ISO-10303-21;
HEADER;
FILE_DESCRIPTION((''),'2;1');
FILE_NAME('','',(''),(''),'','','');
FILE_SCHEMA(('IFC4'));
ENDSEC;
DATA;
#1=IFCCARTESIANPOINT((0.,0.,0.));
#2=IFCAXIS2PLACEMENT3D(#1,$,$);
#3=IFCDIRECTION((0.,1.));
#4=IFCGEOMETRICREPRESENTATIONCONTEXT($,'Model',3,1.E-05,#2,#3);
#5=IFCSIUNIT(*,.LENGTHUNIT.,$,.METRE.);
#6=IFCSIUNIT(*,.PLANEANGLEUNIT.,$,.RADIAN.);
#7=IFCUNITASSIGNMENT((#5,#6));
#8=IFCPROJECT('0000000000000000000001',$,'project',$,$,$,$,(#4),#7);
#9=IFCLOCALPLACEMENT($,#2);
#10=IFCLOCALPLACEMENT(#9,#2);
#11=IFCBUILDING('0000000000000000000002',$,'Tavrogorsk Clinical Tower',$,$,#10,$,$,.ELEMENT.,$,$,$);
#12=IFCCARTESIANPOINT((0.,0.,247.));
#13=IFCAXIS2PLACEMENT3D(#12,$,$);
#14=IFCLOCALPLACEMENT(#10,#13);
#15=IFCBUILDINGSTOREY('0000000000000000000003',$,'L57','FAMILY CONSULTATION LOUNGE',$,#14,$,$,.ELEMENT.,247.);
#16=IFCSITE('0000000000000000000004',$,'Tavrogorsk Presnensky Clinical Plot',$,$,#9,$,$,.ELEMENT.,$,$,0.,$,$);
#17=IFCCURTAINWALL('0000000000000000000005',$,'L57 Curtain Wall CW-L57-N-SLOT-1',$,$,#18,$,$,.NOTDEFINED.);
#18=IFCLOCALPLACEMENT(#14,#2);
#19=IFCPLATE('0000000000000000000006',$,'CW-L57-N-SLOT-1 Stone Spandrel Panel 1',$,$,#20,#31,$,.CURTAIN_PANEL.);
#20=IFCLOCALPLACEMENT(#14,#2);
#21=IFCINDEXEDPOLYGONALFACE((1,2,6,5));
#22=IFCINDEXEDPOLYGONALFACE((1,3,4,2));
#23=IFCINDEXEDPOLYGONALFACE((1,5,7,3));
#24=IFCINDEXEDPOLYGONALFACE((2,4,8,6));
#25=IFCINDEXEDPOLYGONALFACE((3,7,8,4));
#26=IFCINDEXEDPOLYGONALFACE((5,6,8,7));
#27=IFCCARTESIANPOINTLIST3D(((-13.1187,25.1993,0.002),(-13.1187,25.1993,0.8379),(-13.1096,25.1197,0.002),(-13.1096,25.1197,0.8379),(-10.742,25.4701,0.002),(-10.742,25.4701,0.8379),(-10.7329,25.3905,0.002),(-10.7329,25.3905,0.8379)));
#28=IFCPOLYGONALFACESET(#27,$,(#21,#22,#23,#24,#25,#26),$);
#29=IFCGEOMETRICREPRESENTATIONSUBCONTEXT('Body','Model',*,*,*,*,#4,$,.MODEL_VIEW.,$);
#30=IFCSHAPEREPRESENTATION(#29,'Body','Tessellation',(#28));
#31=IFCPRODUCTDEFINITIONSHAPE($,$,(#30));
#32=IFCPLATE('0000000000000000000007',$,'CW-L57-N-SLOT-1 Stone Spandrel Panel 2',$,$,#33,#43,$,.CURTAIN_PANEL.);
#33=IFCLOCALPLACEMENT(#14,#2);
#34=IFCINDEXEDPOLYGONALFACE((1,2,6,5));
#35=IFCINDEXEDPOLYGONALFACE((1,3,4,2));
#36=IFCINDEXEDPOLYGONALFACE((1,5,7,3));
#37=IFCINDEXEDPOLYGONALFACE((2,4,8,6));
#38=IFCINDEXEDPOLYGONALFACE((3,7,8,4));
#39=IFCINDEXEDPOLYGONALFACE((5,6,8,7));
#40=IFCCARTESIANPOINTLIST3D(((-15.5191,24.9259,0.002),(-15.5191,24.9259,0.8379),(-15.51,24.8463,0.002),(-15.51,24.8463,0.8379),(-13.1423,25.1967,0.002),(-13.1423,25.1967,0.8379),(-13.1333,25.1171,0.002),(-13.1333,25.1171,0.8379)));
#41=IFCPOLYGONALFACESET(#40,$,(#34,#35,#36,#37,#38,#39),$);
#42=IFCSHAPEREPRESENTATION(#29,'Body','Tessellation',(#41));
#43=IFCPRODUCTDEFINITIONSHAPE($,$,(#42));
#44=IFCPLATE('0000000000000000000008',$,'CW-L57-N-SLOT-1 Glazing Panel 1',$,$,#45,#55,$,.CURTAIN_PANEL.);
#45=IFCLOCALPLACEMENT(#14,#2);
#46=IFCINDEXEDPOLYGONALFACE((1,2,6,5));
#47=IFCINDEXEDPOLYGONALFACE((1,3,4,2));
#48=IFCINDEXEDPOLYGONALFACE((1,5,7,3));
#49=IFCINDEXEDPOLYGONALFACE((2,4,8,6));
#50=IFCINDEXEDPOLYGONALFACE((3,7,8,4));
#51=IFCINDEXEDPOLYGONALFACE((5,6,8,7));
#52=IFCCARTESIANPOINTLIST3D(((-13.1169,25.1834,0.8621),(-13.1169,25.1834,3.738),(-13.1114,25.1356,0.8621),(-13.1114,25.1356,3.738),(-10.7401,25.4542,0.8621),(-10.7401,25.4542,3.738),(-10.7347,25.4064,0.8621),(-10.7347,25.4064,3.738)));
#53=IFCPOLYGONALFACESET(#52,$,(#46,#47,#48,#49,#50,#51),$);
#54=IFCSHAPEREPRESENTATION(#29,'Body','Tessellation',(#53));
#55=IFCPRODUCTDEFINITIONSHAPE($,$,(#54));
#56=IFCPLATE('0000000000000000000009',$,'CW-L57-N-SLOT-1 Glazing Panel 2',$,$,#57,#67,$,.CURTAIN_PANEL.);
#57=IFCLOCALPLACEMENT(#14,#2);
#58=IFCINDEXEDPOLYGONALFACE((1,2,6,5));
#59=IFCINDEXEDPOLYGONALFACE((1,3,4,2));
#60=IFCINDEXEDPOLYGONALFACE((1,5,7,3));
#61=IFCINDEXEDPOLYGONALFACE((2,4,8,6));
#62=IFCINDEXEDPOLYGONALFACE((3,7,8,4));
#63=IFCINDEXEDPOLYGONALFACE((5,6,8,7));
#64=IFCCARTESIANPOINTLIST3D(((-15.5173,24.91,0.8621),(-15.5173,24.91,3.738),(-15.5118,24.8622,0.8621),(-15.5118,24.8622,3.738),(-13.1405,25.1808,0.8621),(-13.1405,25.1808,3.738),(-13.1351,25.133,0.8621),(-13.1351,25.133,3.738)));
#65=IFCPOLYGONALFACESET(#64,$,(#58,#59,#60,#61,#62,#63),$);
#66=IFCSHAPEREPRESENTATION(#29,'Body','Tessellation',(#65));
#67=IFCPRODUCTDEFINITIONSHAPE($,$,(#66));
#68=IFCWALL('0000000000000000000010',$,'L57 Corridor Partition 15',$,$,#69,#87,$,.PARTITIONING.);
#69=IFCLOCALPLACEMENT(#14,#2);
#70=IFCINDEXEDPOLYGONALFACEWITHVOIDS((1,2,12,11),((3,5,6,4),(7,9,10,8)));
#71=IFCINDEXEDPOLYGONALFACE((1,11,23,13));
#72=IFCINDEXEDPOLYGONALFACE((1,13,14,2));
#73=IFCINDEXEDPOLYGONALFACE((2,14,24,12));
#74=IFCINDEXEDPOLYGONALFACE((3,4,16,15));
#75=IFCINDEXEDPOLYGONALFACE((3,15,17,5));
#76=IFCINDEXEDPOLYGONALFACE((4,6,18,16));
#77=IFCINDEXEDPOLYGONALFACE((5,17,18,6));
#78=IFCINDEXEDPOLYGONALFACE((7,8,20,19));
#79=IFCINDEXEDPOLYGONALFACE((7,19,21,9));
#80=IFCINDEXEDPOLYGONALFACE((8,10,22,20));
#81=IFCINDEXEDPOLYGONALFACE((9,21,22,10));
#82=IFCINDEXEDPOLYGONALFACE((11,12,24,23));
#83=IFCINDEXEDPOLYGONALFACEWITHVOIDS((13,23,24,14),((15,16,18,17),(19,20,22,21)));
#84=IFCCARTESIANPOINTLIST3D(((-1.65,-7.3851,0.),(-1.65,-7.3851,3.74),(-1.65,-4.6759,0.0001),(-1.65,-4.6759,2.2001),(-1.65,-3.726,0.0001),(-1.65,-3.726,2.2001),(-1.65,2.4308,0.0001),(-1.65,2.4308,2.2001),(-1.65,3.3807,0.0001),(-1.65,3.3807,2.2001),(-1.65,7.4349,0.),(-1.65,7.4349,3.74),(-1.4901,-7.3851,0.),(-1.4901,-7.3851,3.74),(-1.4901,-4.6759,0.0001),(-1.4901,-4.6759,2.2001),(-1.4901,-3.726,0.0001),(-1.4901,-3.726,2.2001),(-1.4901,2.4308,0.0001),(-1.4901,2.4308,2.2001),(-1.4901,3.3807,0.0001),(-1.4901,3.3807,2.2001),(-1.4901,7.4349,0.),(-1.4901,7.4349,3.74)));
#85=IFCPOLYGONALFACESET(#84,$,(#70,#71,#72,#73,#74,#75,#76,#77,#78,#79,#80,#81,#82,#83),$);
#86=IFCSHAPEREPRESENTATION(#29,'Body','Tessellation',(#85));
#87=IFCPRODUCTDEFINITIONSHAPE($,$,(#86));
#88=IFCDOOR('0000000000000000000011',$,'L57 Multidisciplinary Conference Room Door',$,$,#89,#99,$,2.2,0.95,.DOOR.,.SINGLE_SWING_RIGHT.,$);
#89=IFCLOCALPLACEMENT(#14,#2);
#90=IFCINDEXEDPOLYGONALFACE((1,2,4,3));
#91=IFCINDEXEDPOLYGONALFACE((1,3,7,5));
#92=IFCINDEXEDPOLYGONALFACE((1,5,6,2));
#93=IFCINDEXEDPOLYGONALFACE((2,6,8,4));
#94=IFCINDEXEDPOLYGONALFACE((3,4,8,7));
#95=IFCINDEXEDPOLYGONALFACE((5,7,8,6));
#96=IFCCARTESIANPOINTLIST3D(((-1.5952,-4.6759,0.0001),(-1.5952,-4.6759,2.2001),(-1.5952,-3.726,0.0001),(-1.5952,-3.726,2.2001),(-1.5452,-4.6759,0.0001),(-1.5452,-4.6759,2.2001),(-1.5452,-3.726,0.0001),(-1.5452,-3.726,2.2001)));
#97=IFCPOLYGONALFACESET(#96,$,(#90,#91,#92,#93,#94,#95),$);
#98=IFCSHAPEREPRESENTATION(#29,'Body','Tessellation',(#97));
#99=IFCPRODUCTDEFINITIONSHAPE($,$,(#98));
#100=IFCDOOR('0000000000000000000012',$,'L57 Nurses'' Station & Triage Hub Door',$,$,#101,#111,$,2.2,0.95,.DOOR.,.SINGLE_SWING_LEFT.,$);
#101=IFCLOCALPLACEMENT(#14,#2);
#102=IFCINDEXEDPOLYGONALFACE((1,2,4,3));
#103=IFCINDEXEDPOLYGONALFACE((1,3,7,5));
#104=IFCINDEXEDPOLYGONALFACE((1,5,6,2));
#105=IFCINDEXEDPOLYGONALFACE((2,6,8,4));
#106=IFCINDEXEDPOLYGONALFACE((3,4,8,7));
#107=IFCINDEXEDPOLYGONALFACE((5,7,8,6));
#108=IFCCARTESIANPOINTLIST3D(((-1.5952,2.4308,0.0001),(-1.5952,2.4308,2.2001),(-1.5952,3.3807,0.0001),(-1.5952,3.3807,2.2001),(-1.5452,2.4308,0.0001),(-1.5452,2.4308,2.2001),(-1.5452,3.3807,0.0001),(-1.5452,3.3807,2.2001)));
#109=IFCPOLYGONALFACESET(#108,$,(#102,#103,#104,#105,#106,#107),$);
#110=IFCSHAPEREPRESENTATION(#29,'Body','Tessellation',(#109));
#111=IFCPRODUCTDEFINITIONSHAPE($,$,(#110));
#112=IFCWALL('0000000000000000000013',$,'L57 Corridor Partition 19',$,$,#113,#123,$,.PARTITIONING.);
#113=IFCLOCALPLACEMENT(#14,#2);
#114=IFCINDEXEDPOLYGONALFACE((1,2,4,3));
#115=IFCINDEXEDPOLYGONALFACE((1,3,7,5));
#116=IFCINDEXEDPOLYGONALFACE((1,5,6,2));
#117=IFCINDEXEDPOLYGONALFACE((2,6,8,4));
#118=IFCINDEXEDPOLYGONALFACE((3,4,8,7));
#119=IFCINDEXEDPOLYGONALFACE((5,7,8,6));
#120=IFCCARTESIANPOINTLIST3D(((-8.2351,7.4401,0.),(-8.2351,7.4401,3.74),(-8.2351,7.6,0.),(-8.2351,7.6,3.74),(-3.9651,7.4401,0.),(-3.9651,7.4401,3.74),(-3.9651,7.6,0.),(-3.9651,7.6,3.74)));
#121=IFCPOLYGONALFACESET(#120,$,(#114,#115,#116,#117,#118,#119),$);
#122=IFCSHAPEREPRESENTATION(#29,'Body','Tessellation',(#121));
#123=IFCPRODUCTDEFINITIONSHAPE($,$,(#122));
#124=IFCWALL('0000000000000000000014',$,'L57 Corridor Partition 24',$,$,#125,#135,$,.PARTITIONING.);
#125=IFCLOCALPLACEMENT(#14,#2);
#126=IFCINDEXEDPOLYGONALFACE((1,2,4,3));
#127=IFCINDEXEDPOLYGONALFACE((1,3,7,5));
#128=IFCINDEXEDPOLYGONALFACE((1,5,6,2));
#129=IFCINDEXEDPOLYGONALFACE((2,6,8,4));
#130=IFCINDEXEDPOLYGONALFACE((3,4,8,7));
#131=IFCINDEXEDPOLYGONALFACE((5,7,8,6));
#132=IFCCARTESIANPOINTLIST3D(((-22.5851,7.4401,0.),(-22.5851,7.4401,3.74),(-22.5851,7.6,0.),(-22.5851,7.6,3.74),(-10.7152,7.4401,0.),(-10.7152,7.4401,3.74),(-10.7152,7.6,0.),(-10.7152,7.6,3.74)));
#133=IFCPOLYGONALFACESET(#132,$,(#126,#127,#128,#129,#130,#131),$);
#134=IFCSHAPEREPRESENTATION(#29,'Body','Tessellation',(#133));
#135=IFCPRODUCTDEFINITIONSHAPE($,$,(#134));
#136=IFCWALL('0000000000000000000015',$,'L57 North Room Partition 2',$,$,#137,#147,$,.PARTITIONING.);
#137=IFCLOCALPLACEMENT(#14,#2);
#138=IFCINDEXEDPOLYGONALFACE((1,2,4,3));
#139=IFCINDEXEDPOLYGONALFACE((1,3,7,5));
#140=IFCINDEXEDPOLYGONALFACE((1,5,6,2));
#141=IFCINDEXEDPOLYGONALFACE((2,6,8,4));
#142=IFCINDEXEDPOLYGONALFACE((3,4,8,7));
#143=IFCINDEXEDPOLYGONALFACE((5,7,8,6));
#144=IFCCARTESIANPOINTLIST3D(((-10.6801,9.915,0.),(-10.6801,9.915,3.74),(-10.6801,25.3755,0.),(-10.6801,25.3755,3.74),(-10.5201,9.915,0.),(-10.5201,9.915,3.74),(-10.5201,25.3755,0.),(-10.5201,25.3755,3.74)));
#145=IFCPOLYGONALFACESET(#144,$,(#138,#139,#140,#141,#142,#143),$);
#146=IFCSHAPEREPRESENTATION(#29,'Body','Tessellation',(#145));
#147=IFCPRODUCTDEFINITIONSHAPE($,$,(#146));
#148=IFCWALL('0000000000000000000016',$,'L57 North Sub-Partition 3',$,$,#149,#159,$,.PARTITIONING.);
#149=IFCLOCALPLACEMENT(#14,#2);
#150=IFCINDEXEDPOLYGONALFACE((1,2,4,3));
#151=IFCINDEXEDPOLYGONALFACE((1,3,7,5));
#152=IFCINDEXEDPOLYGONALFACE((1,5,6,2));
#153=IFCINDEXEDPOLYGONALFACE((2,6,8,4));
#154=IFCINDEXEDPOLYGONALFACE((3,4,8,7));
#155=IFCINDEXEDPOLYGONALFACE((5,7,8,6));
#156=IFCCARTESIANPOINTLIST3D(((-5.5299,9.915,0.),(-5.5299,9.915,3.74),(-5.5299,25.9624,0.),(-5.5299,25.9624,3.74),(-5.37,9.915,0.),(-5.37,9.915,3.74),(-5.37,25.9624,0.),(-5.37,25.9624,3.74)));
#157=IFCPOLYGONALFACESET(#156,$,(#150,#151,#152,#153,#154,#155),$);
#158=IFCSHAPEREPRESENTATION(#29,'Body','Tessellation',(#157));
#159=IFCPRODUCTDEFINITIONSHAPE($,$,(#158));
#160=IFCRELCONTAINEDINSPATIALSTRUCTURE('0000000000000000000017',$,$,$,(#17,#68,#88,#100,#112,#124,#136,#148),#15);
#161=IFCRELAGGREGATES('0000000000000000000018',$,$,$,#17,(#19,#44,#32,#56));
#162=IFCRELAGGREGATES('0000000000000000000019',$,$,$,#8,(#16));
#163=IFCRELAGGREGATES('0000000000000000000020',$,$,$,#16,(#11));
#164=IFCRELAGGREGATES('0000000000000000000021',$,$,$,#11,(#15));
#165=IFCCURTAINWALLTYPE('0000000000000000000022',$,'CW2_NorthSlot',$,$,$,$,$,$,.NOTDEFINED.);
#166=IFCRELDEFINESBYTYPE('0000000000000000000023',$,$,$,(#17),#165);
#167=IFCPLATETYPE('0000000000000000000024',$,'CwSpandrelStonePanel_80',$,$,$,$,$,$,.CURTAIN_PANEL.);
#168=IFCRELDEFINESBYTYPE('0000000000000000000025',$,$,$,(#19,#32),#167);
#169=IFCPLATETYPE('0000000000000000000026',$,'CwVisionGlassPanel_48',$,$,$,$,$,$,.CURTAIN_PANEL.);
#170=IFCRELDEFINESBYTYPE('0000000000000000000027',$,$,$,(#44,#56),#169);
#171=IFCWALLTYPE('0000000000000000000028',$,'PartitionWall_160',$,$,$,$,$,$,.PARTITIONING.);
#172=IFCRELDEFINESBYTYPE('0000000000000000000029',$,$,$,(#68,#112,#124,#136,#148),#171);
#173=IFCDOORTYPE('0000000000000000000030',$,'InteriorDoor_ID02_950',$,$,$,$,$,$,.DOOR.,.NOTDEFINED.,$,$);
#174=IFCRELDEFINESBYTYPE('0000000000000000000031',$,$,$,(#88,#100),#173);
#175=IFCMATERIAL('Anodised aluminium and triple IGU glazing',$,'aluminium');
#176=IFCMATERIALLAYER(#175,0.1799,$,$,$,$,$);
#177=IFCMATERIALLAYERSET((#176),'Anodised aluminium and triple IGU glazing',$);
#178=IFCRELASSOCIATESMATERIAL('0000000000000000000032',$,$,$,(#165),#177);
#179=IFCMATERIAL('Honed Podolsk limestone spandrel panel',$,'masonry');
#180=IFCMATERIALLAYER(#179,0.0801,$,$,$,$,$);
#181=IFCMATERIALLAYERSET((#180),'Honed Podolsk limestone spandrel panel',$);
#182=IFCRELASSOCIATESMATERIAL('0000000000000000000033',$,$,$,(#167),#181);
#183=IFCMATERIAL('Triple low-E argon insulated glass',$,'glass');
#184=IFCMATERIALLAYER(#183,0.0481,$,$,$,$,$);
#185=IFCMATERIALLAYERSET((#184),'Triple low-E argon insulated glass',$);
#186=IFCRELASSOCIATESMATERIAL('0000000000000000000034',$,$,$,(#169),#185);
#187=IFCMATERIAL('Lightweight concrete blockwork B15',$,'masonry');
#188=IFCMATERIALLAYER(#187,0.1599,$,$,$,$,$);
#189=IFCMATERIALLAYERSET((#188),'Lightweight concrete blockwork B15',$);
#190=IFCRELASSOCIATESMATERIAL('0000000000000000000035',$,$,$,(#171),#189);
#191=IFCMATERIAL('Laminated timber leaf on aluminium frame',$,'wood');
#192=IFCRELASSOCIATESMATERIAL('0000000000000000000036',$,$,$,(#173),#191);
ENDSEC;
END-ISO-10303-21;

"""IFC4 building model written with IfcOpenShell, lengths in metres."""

from ifc_helpers import new_model, si_unit, direction, frame, frame_2d, origin, origin_2d, place, context, subcontext, project, spatial, rectangle, extrude, material, layer, layer_set, type_object, element, fill, aggregate, save


model = new_model("IFC4")

# Units and contexts
model_context = context("Model", 3, precision=1e-05, world=origin(), true_north=direction((0.0, 1.0)))
body_context = subcontext(model_context, "Body", "Model", "MODEL_VIEW")
ifc_project = project(units=[si_unit("LENGTHUNIT", "METRE"), si_unit("PLANEANGLEUNIT", "RADIAN")], contexts=[model_context])

# Site, building, storey
site_placement = place(None, origin())
site = spatial("IfcSite", under=ifc_project, at=site_placement, Name="Tavrogorsk Presnensky Clinical Plot", CompositionType="ELEMENT", RefElevation=0.0)
building_placement = place(site_placement, origin())
building = spatial("IfcBuilding", under=site, at=building_placement, Name="Tavrogorsk Clinical Tower", CompositionType="ELEMENT")
storey_placement = place(building_placement, frame((0.0, 0.0, 247.0)))
storey = spatial("IfcBuildingStorey", under=building, at=storey_placement, Name="L57", Description="FAMILY CONSULTATION LOUNGE", CompositionType="ELEMENT", Elevation=247.0)

# Curtain wall
ifc_material_1 = material(Name="Anodised aluminium and triple IGU glazing", Category="aluminium")
ifc_layer_1 = layer(ifc_material_1, 0.1799)
ifc_layer_set_1 = layer_set([ifc_layer_1], Name="Anodised aluminium and triple IGU glazing")
curtain_wall_type = type_object("IfcCurtainWallType", Name="CW2_NorthSlot", PredefinedType="NOTDEFINED", material=ifc_layer_set_1)
curtain_wall_placement = place(storey_placement, origin())
curtain_wall = element("IfcCurtainWall", 1, at=curtain_wall_placement, inside=storey, type_object=curtain_wall_type, Name="L57 Curtain Wall CW-L57-N-SLOT-1", PredefinedType="NOTDEFINED")

# Plates
ifc_material_2 = material(Name="Honed Podolsk limestone spandrel panel", Category="masonry")
ifc_layer_2 = layer(ifc_material_2, 0.0801)
ifc_layer_set_2 = layer_set([ifc_layer_2], Name="Honed Podolsk limestone spandrel panel")
plate_type_1 = type_object("IfcPlateType", Name="CwSpandrelStonePanel_80", PredefinedType="CURTAIN_PANEL", material=ifc_layer_set_2)
plate_1_placement = place(storey_placement, frame((-11.9258, 25.2949, 0.002), z_axis=(0.0, 0.0, 1.0), x_axis=(-0.993572, -0.113203, 0.0)))
plate_1 = element("IfcPlate", 2, at=plate_1_placement, type_object=plate_type_1, Name="CW-L57-N-SLOT-1 Stone Spandrel Panel 1", PredefinedType="CURTAIN_PANEL", context=body_context, shape_type="SweptSolid", body=[
    extrude(rectangle(XDim=2.3921, YDim=0.0801, at=origin_2d()), origin(), (0.0, 0.0, 1.0), 0.8359),
])
plate_2_placement = place(storey_placement, frame((-14.3262, 25.0215, 0.002), z_axis=(0.0, 0.0, 1.0), x_axis=(-0.993572, -0.113203, 0.0)))
plate_2 = element("IfcPlate", 3, at=plate_2_placement, type_object=plate_type_1, Name="CW-L57-N-SLOT-1 Stone Spandrel Panel 2", PredefinedType="CURTAIN_PANEL", context=body_context, shape_type="SweptSolid", body=[
    extrude(rectangle(XDim=2.3921, YDim=0.0801, at=origin_2d()), origin(), (0.0, 0.0, 1.0), 0.8359),
])
ifc_material_3 = material(Name="Triple low-E argon insulated glass", Category="glass")
ifc_layer_3 = layer(ifc_material_3, 0.0481)
ifc_layer_set_3 = layer_set([ifc_layer_3], Name="Triple low-E argon insulated glass")
plate_type_2 = type_object("IfcPlateType", Name="CwVisionGlassPanel_48", PredefinedType="CURTAIN_PANEL", material=ifc_layer_set_3)
plate_3_placement = place(storey_placement, frame((-11.9258, 25.2949, 0.8621), z_axis=(0.0, 0.0, 1.0), x_axis=(-0.993572, -0.113203, 0.0)))
plate_3 = element("IfcPlate", 4, at=plate_3_placement, type_object=plate_type_2, Name="CW-L57-N-SLOT-1 Glazing Panel 1", PredefinedType="CURTAIN_PANEL", context=body_context, shape_type="SweptSolid", body=[
    extrude(rectangle(XDim=2.3921, YDim=0.0481, at=origin_2d()), origin(), (0.0, 0.0, 1.0), 2.876),
])
plate_4_placement = place(storey_placement, frame((-14.3262, 25.0215, 0.8621), z_axis=(0.0, 0.0, 1.0), x_axis=(-0.993572, -0.113203, 0.0)))
plate_4 = element("IfcPlate", 5, at=plate_4_placement, type_object=plate_type_2, Name="CW-L57-N-SLOT-1 Glazing Panel 2", PredefinedType="CURTAIN_PANEL", context=body_context, shape_type="SweptSolid", body=[
    extrude(rectangle(XDim=2.3921, YDim=0.0481, at=origin_2d()), origin(), (0.0, 0.0, 1.0), 2.876),
])
aggregate(curtain_wall, [plate_1, plate_3, plate_2, plate_4])

# Wall, openings, doors
ifc_material_4 = material(Name="Lightweight concrete blockwork B15", Category="masonry")
ifc_layer_4 = layer(ifc_material_4, 0.1599)
ifc_layer_set_4 = layer_set([ifc_layer_4], Name="Lightweight concrete blockwork B15")
wall_type_1 = type_object("IfcWallType", Name="PartitionWall_160", PredefinedType="PARTITIONING", material=ifc_layer_set_4)
wall_1_placement = place(storey_placement, frame((-1.5701, 7.4351, 0.0), z_axis=(0.0, 0.0, 1.0), x_axis=(0.0, -1.0, 0.0)))
wall_1 = element("IfcWall", 6, at=wall_1_placement, inside=storey, type_object=wall_type_1, Name="L57 Corridor Partition 15", PredefinedType="PARTITIONING", context=body_context, shape_type="SweptSolid", body=[
    extrude(rectangle(XDim=14.8201, YDim=0.1599, at=frame_2d((7.4102, 0.0))), origin(), (0.0, 0.0, 1.0), 3.74),
])
opening_1_placement = place(wall_1_placement, frame((11.1609, 0.0, 0.0)))
opening_1 = element("IfcOpeningElement", 7, at=opening_1_placement, cuts=wall_1, PredefinedType="OPENING", context=body_context, shape_type="SweptSolid", body=[
    extrude(rectangle(XDim=0.95, YDim=2.2, at=frame_2d((0.4751, 1.1001))), frame((0.0, 0.0898, 0.0), z_axis=(0.0, -1.0, 0.0), x_axis=(1.0, 0.0, 0.0)), (0.0, 0.0, 1.0), 0.1799),
])
opening_2_placement = place(wall_1_placement, frame((4.0542, 0.0, 0.0)))
opening_2 = element("IfcOpeningElement", 8, at=opening_2_placement, cuts=wall_1, PredefinedType="OPENING", context=body_context, shape_type="SweptSolid", body=[
    extrude(rectangle(XDim=0.95, YDim=2.2, at=frame_2d((0.4751, 1.1001))), frame((0.0, 0.0898, 0.0), z_axis=(0.0, -1.0, 0.0), x_axis=(1.0, 0.0, 0.0)), (0.0, 0.0, 1.0), 0.1799),
])
ifc_material_5 = material(Name="Laminated timber leaf on aluminium frame", Category="wood")
door_type = type_object("IfcDoorType", Name="InteriorDoor_ID02_950", OperationType="NOTDEFINED", PredefinedType="DOOR", material=ifc_material_5)
door_1_placement = place(opening_1_placement, origin())
door_1 = element("IfcDoor", 9, at=door_1_placement, inside=storey, type_object=door_type, Name="L57 Multidisciplinary Conference Room Door", OperationType="SINGLE_SWING_RIGHT", OverallHeight=2.2, OverallWidth=0.95, PredefinedType="DOOR", context=body_context, shape_type="SweptSolid", body=[
    extrude(rectangle(XDim=0.95, YDim=2.2, at=frame_2d((0.4751, 1.1001))), frame((0.0, 0.0249, 0.0), z_axis=(0.0, -1.0, 0.0), x_axis=(1.0, 0.0, 0.0)), (0.0, 0.0, 1.0), 0.05),
])
fill(opening_1, door_1)
door_2_placement = place(opening_2_placement, origin())
door_2 = element("IfcDoor", 10, at=door_2_placement, inside=storey, type_object=door_type, Name="L57 Nurses' Station & Triage Hub Door", OperationType="SINGLE_SWING_LEFT", OverallHeight=2.2, OverallWidth=0.95, PredefinedType="DOOR", context=body_context, shape_type="SweptSolid", body=[
    extrude(rectangle(XDim=0.95, YDim=2.2, at=frame_2d((0.4751, 1.1001))), frame((0.0, 0.0249, 0.0), z_axis=(0.0, -1.0, 0.0), x_axis=(1.0, 0.0, 0.0)), (0.0, 0.0, 1.0), 0.05),
])
fill(opening_2, door_2)

# Walls
wall_2_placement = place(storey_placement, frame((-3.9651, 7.52, 0.0), z_axis=(0.0, 0.0, 1.0), x_axis=(-1.0, 0.0, 0.0)))
element("IfcWall", 11, at=wall_2_placement, inside=storey, type_object=wall_type_1, Name="L57 Corridor Partition 19", PredefinedType="PARTITIONING", context=body_context, shape_type="SweptSolid", body=[
    extrude(rectangle(XDim=4.27, YDim=0.1599, at=frame_2d((2.135, 0.0))), origin(), (0.0, 0.0, 1.0), 3.74),
])
wall_3_placement = place(storey_placement, frame((-10.7151, 7.52, 0.0), z_axis=(0.0, 0.0, 1.0), x_axis=(-1.0, 0.0, 0.0)))
element("IfcWall", 12, at=wall_3_placement, inside=storey, type_object=wall_type_1, Name="L57 Corridor Partition 24", PredefinedType="PARTITIONING", context=body_context, shape_type="SweptSolid", body=[
    extrude(rectangle(XDim=11.8699, YDim=0.1599, at=frame_2d((5.9351, 0.0))), origin(), (0.0, 0.0, 1.0), 3.74),
])
wall_4_placement = place(storey_placement, frame((-10.6001, 9.915, 0.0), z_axis=(0.0, 0.0, 1.0), x_axis=(0.0, 1.0, 0.0)))
element("IfcWall", 13, at=wall_4_placement, inside=storey, type_object=wall_type_1, Name="L57 North Room Partition 2", PredefinedType="PARTITIONING", context=body_context, shape_type="SweptSolid", body=[
    extrude(rectangle(XDim=15.4604, YDim=0.1599, at=frame_2d((7.7302, 0.0))), origin(), (0.0, 0.0, 1.0), 3.74),
])
wall_5_placement = place(storey_placement, frame((-5.45, 9.915, 0.0), z_axis=(0.0, 0.0, 1.0), x_axis=(0.0, 1.0, 0.0)))
element("IfcWall", 14, at=wall_5_placement, inside=storey, type_object=wall_type_1, Name="L57 North Sub-Partition 3", PredefinedType="PARTITIONING", context=body_context, shape_type="SweptSolid", body=[
    extrude(rectangle(XDim=16.0474, YDim=0.1599, at=frame_2d((8.0237, 0.0))), origin(), (0.0, 0.0, 1.0), 3.74),
])

save(model, "model.ifc")
